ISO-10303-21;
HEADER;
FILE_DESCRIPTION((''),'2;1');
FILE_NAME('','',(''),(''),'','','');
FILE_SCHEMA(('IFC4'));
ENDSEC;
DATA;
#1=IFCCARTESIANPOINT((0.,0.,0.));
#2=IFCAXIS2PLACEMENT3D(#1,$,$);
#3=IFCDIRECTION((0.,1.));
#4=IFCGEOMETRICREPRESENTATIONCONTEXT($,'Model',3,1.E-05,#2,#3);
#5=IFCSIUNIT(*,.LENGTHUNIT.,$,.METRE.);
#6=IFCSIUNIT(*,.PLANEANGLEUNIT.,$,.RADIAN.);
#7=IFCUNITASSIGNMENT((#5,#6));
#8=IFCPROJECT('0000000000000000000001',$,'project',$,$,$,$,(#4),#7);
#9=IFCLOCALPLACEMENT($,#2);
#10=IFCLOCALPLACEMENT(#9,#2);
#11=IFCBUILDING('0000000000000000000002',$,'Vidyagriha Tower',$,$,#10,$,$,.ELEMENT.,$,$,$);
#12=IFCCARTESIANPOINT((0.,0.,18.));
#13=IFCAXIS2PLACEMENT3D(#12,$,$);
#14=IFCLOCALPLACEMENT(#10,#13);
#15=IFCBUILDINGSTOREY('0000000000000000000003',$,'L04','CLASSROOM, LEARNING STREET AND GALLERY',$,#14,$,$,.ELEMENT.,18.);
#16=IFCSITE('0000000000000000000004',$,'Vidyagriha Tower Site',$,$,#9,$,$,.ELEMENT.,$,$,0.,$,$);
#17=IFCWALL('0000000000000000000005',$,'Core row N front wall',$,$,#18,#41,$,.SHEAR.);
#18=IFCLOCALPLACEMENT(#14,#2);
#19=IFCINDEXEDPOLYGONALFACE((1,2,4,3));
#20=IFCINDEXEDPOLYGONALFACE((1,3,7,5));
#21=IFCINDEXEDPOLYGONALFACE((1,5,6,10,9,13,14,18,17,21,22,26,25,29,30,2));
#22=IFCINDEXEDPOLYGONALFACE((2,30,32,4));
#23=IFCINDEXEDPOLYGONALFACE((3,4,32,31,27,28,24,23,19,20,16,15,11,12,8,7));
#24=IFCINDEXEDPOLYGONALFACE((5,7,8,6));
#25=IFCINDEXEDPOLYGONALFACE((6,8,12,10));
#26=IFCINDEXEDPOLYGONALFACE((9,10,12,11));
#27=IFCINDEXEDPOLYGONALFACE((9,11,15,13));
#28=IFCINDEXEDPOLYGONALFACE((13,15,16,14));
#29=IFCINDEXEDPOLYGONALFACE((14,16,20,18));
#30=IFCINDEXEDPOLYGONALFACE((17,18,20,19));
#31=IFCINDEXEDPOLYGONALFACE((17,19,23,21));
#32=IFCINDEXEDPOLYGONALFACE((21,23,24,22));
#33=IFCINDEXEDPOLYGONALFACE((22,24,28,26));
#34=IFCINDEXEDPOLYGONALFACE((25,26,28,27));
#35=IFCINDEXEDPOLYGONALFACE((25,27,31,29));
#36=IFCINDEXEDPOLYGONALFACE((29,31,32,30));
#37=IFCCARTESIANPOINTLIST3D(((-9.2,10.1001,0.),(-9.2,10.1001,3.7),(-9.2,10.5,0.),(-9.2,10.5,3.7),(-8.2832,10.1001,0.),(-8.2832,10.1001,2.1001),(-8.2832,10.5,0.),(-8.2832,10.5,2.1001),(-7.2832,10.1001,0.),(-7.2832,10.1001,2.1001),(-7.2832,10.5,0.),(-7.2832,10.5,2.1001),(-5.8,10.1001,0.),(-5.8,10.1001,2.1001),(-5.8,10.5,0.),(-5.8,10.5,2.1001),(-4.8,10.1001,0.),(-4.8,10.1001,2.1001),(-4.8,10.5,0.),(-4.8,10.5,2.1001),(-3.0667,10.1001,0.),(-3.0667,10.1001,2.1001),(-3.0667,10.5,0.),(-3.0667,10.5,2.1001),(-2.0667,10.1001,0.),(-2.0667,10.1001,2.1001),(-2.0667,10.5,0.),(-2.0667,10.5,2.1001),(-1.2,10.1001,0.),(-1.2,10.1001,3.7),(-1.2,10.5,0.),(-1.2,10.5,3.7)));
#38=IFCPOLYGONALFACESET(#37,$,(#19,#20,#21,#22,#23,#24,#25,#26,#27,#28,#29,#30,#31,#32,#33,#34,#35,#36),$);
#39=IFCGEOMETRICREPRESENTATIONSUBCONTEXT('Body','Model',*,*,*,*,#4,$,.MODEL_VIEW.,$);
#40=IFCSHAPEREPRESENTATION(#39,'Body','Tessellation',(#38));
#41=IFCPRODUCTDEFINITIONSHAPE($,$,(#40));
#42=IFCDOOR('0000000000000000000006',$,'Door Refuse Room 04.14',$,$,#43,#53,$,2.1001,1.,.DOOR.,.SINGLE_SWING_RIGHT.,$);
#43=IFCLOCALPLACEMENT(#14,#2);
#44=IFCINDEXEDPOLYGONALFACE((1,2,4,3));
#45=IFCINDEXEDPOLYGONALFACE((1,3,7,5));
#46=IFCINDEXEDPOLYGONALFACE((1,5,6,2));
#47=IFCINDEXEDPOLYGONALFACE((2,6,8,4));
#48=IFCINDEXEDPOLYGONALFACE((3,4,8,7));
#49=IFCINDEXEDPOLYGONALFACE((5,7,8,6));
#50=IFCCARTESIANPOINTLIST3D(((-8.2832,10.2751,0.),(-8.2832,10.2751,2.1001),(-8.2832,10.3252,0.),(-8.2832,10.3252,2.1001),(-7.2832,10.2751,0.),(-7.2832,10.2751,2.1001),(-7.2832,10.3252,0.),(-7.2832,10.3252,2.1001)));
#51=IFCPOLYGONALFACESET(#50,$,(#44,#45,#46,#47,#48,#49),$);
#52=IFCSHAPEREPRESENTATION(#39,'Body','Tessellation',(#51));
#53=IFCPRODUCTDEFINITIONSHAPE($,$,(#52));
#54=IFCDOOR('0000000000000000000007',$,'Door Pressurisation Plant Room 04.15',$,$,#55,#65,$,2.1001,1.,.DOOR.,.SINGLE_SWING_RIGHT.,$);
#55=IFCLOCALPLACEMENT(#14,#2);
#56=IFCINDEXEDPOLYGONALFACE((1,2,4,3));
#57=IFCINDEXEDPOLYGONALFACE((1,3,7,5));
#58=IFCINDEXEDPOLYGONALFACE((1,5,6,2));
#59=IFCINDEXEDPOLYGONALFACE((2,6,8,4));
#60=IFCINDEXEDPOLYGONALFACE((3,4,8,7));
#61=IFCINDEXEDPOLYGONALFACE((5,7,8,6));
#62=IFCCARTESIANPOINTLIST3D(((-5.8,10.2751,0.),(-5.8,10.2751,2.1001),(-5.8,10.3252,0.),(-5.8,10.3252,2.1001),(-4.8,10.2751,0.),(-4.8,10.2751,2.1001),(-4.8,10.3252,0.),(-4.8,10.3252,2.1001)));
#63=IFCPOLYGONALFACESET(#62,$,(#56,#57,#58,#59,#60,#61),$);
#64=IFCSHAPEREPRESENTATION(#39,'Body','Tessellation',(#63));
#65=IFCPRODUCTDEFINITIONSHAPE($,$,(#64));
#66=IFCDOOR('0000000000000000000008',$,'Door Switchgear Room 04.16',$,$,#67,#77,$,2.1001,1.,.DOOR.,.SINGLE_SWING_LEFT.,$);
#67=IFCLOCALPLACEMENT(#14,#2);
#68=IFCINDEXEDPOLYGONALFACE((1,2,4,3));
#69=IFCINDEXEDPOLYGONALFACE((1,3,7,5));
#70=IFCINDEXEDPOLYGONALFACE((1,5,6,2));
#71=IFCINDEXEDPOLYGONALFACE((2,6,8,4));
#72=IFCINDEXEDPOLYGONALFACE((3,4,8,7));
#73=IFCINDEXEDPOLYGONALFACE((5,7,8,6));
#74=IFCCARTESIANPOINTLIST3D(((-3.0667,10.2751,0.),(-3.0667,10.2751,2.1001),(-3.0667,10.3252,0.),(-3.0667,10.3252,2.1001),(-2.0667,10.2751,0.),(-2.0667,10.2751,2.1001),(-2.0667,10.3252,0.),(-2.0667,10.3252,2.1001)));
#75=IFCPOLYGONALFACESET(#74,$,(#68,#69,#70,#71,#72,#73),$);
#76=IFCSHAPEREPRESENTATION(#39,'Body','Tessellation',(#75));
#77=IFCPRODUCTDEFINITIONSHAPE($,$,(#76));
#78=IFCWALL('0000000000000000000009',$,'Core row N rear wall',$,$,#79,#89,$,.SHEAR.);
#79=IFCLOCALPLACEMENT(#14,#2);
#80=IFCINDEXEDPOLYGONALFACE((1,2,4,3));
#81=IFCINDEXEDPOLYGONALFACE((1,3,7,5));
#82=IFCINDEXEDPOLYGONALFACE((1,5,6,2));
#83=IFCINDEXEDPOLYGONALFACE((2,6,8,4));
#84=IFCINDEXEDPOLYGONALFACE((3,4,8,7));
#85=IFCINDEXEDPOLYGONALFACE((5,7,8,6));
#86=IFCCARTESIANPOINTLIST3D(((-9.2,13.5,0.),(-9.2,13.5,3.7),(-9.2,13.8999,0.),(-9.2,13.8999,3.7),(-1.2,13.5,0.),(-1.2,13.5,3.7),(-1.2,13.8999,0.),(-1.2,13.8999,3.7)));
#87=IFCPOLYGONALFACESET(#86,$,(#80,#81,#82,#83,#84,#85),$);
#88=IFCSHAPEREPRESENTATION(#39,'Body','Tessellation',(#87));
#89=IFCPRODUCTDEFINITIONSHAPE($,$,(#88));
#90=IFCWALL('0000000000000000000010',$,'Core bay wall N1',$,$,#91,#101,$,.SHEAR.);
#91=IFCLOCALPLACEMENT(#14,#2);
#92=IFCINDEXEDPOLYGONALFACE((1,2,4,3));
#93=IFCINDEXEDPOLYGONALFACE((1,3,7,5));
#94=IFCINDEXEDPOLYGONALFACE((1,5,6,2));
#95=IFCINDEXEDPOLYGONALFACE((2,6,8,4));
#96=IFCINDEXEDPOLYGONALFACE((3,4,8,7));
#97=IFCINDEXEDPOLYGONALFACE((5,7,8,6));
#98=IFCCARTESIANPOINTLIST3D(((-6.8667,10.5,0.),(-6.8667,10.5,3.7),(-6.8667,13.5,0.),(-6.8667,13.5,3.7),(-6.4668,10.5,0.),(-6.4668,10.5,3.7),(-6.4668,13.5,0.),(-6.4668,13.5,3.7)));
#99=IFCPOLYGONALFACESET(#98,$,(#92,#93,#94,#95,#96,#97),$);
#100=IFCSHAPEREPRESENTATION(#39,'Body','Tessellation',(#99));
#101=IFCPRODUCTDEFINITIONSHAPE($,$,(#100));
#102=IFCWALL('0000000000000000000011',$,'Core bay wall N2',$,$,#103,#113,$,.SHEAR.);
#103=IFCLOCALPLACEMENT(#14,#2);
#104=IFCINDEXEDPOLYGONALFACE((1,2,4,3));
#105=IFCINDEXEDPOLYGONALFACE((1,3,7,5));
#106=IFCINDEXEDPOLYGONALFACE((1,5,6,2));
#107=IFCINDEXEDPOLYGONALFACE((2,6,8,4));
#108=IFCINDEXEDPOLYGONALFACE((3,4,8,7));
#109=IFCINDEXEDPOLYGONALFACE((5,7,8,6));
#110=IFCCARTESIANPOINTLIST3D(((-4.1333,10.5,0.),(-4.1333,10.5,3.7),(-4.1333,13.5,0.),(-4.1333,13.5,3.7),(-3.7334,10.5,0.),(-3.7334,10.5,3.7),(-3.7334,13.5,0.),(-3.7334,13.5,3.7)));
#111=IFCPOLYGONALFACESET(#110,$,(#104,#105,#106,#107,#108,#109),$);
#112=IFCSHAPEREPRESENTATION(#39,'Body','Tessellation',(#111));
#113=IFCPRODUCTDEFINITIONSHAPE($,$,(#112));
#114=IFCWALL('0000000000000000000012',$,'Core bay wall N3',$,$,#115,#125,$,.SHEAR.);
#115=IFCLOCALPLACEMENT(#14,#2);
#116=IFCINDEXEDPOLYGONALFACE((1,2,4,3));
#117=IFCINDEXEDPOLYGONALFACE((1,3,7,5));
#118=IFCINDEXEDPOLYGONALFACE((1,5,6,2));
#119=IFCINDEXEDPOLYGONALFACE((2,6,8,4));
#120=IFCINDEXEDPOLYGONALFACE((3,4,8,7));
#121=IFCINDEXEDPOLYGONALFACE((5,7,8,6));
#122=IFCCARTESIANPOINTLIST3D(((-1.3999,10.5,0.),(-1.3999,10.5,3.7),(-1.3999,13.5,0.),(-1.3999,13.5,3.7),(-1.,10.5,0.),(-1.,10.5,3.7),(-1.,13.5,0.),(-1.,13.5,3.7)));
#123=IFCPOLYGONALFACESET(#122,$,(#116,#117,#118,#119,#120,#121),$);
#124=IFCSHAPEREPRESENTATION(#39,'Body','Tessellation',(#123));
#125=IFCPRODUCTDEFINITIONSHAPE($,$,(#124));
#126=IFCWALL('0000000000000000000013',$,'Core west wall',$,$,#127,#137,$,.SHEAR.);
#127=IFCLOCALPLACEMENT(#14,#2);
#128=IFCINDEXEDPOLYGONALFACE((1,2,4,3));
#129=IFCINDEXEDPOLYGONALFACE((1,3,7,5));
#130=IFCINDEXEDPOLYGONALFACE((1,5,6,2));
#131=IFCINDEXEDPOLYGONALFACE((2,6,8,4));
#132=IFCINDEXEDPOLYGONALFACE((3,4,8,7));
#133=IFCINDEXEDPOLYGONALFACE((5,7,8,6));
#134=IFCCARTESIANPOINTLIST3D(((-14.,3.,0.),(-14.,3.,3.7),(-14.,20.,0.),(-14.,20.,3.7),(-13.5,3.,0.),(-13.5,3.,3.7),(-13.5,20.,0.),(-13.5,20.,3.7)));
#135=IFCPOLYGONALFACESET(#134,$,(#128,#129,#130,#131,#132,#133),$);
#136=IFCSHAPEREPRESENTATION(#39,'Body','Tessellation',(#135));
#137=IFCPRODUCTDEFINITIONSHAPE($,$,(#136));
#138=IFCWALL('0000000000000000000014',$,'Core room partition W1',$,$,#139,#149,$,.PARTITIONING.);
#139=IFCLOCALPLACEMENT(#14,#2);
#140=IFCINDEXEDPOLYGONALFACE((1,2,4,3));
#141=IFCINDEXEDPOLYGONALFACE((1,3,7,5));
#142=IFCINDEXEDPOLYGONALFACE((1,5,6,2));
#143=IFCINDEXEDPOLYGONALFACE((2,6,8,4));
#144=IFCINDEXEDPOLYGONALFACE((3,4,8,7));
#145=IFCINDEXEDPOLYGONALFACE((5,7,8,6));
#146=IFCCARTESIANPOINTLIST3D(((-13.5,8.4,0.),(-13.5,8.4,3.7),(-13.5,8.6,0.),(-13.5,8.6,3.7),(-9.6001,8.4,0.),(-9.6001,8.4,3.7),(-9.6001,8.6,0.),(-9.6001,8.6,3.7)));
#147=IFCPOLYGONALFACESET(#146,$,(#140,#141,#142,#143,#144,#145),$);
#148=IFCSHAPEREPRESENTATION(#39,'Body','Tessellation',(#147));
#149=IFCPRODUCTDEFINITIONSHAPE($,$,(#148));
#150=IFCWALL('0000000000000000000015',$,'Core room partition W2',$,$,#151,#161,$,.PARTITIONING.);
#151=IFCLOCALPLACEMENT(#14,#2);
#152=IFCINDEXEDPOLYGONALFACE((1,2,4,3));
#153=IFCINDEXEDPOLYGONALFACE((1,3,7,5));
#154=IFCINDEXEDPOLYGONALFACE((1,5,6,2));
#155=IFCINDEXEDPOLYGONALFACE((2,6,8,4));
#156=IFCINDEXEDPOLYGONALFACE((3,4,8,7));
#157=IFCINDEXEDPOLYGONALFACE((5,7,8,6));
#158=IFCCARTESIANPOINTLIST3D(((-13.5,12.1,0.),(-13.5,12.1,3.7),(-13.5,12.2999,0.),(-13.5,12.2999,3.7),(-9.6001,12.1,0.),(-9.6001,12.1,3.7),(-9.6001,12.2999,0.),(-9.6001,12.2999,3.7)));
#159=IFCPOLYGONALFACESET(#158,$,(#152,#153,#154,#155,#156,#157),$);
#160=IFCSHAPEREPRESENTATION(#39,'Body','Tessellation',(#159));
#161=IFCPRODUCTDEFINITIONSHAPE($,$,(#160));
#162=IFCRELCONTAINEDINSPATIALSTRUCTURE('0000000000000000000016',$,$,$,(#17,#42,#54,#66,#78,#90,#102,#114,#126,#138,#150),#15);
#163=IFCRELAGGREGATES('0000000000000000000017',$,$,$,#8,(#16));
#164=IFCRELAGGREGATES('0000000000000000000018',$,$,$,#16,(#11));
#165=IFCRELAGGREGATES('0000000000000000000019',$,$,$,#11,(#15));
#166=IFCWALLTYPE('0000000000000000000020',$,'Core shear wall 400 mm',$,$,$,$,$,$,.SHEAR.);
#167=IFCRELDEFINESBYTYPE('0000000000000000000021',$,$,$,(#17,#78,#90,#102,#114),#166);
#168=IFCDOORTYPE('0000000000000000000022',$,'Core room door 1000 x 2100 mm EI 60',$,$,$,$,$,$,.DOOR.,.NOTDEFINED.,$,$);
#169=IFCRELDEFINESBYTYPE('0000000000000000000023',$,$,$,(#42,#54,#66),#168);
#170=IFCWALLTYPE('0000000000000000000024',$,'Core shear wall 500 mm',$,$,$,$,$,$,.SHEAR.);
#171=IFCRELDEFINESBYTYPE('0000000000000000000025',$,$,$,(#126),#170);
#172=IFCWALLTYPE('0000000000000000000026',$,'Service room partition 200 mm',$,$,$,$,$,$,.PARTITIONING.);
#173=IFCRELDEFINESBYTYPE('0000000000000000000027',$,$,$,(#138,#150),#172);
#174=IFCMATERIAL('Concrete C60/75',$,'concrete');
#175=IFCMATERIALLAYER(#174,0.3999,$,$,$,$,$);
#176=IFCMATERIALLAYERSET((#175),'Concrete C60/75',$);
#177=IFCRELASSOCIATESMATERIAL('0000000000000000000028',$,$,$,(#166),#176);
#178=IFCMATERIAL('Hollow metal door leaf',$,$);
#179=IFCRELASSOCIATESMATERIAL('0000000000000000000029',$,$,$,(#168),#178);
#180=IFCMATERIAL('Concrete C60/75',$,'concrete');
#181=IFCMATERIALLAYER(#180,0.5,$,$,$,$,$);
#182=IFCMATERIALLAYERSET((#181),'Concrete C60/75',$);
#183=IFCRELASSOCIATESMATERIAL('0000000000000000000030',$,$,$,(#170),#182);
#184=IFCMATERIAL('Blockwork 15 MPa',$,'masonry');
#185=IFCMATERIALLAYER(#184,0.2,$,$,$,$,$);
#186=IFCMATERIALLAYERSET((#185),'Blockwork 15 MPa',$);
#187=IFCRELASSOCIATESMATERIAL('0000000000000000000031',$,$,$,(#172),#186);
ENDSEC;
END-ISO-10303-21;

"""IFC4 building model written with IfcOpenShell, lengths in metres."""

from ifc_helpers import new_model, si_unit, direction, frame, frame_2d, origin, place, context, subcontext, project, spatial, rectangle, extrude, material, layer, layer_set, type_object, element, fill, save


model = new_model("IFC4")

# Units and contexts
model_context = context("Model", 3, precision=1e-05, world=origin(), true_north=direction((0.0, 1.0)))
body_context = subcontext(model_context, "Body", "Model", "MODEL_VIEW")
ifc_project = project(units=[si_unit("LENGTHUNIT", "METRE"), si_unit("PLANEANGLEUNIT", "RADIAN")], contexts=[model_context])

# Site, building, storey
site_placement = place(None, origin())
site = spatial("IfcSite", under=ifc_project, at=site_placement, Name="Vidyagriha Tower Site", CompositionType="ELEMENT", RefElevation=0.0)
building_placement = place(site_placement, origin())
building = spatial("IfcBuilding", under=site, at=building_placement, Name="Vidyagriha Tower", CompositionType="ELEMENT")
storey_placement = place(building_placement, frame((0.0, 0.0, 18.0)))
storey = spatial("IfcBuildingStorey", under=building, at=storey_placement, Name="L04", Description="CLASSROOM, LEARNING STREET AND GALLERY", CompositionType="ELEMENT", Elevation=18.0)

# Shared definitions
ifc_material_1 = material(Name="Concrete C60/75", Category="concrete")
ifc_layer_1 = layer(ifc_material_1, 0.3999)
ifc_layer_set_1 = layer_set([ifc_layer_1], Name="Concrete C60/75")
wall_type_1 = type_object("IfcWallType", Name="Core shear wall 400 mm", PredefinedType="SHEAR", material=ifc_layer_set_1)
ifc_material_2 = material(Name="Hollow metal door leaf")
door_type_1 = type_object("IfcDoorType", Name="Core room door 1000 x 2100 mm EI 60", OperationType="NOTDEFINED", PredefinedType="DOOR", material=ifc_material_2)

# Wall, openings, doors
wall_1_placement = place(storey_placement, frame((-9.2, 10.3, 0.0)))
wall_1 = element("IfcWall", 1, at=wall_1_placement, inside=storey, type_object=wall_type_1, Name="Core row N front wall", PredefinedType="SHEAR", context=body_context, shape_type="SweptSolid", body=[
    extrude(rectangle(XDim=8.0, YDim=0.3999, at=frame_2d((4.0, 0.0))), origin(), (0.0, 0.0, 1.0), 3.7),
])
opening_1_placement = place(wall_1_placement, frame((0.9167, 0.0, 0.0)))
opening_1 = element("IfcOpeningElement", 2, at=opening_1_placement, cuts=wall_1, PredefinedType="OPENING", context=body_context, shape_type="SweptSolid", body=[
    extrude(rectangle(XDim=1.0, YDim=2.1001, at=frame_2d((0.5, 1.05))), frame((0.0, 0.21, 0.0), z_axis=(0.0, -1.0, 0.0), x_axis=(1.0, 0.0, 0.0)), (0.0, 0.0, 1.0), 0.4199),
])
opening_2_placement = place(wall_1_placement, frame((3.3999, 0.0, 0.0)))
opening_2 = element("IfcOpeningElement", 3, at=opening_2_placement, cuts=wall_1, PredefinedType="OPENING", context=body_context, shape_type="SweptSolid", body=[
    extrude(rectangle(XDim=1.0, YDim=2.1001, at=frame_2d((0.5, 1.05))), frame((0.0, 0.21, 0.0), z_axis=(0.0, -1.0, 0.0), x_axis=(1.0, 0.0, 0.0)), (0.0, 0.0, 1.0), 0.4199),
])
opening_3_placement = place(wall_1_placement, frame((6.1333, 0.0, 0.0)))
opening_3 = element("IfcOpeningElement", 4, at=opening_3_placement, cuts=wall_1, PredefinedType="OPENING", context=body_context, shape_type="SweptSolid", body=[
    extrude(rectangle(XDim=1.0, YDim=2.1001, at=frame_2d((0.5, 1.05))), frame((0.0, 0.21, 0.0), z_axis=(0.0, -1.0, 0.0), x_axis=(1.0, 0.0, 0.0)), (0.0, 0.0, 1.0), 0.4199),
])
door_1_placement = place(opening_1_placement, frame((1.0, 0.0, 0.0), z_axis=(0.0, 0.0, 1.0), x_axis=(-1.0, 0.0, 0.0)))
door_1 = element("IfcDoor", 5, at=door_1_placement, inside=storey, type_object=door_type_1, Name="Door Refuse Room 04.14", OperationType="SINGLE_SWING_RIGHT", OverallHeight=2.1001, OverallWidth=1.0, PredefinedType="DOOR", context=body_context, shape_type="SweptSolid", body=[
    extrude(rectangle(XDim=1.0, YDim=2.1001, at=frame_2d((0.5, 1.05))), frame((0.0, 0.0249, 0.0), z_axis=(0.0, -1.0, 0.0), x_axis=(1.0, 0.0, 0.0)), (0.0, 0.0, 1.0), 0.05),
])
fill(opening_1, door_1)
door_2_placement = place(opening_2_placement, frame((1.0, 0.0, 0.0), z_axis=(0.0, 0.0, 1.0), x_axis=(-1.0, 0.0, 0.0)))
door_2 = element("IfcDoor", 6, at=door_2_placement, inside=storey, type_object=door_type_1, Name="Door Pressurisation Plant Room 04.15", OperationType="SINGLE_SWING_RIGHT", OverallHeight=2.1001, OverallWidth=1.0, PredefinedType="DOOR", context=body_context, shape_type="SweptSolid", body=[
    extrude(rectangle(XDim=1.0, YDim=2.1001, at=frame_2d((0.5, 1.05))), frame((0.0, 0.0249, 0.0), z_axis=(0.0, -1.0, 0.0), x_axis=(1.0, 0.0, 0.0)), (0.0, 0.0, 1.0), 0.05),
])
fill(opening_2, door_2)
door_3_placement = place(opening_3_placement, frame((1.0, 0.0, 0.0), z_axis=(0.0, 0.0, 1.0), x_axis=(-1.0, 0.0, 0.0)))
door_3 = element("IfcDoor", 7, at=door_3_placement, inside=storey, type_object=door_type_1, Name="Door Switchgear Room 04.16", OperationType="SINGLE_SWING_LEFT", OverallHeight=2.1001, OverallWidth=1.0, PredefinedType="DOOR", context=body_context, shape_type="SweptSolid", body=[
    extrude(rectangle(XDim=1.0, YDim=2.1001, at=frame_2d((0.5, 1.05))), frame((0.0, 0.0249, 0.0), z_axis=(0.0, -1.0, 0.0), x_axis=(1.0, 0.0, 0.0)), (0.0, 0.0, 1.0), 0.05),
])
fill(opening_3, door_3)

# Walls
wall_2_placement = place(storey_placement, frame((-9.2, 13.7, 0.0)))
element("IfcWall", 8, at=wall_2_placement, inside=storey, type_object=wall_type_1, Name="Core row N rear wall", PredefinedType="SHEAR", context=body_context, shape_type="SweptSolid", body=[
    extrude(rectangle(XDim=8.0, YDim=0.3999, at=frame_2d((4.0, 0.0))), origin(), (0.0, 0.0, 1.0), 3.7),
])
for number, where, z_axis, x_axis, name in (
    (9, (-6.6667, 10.5, 0.0), (0.0, 0.0, 1.0), (0.0, 1.0, 0.0), "Core bay wall N1"),
    (10, (-3.9333, 10.5, 0.0), (0.0, 0.0, 1.0), (0.0, 1.0, 0.0), "Core bay wall N2"),
    (11, (-1.2, 10.5, 0.0), (0.0, 0.0, 1.0), (0.0, 1.0, 0.0), "Core bay wall N3"),
):
    element("IfcWall", number, at=place(storey_placement, frame(where, z_axis=z_axis, x_axis=x_axis)), inside=storey, type_object=wall_type_1, Name=name, PredefinedType="SHEAR", context=body_context, shape_type="SweptSolid", body=[
        extrude(rectangle(XDim=3.0, YDim=0.3999, at=frame_2d((1.5, 0.0))), origin(), (0.0, 0.0, 1.0), 3.7),
    ])
ifc_material_3 = material(Name="Concrete C60/75", Category="concrete")
ifc_layer_2 = layer(ifc_material_3, 0.5)
ifc_layer_set_2 = layer_set([ifc_layer_2], Name="Concrete C60/75")
wall_type_2 = type_object("IfcWallType", Name="Core shear wall 500 mm", PredefinedType="SHEAR", material=ifc_layer_set_2)
wall_3_placement = place(storey_placement, frame((-13.75, 3.0, 0.0), z_axis=(0.0, 0.0, 1.0), x_axis=(0.0, 1.0, 0.0)))
element("IfcWall", 12, at=wall_3_placement, inside=storey, type_object=wall_type_2, Name="Core west wall", PredefinedType="SHEAR", context=body_context, shape_type="SweptSolid", body=[
    extrude(rectangle(XDim=17.0, YDim=0.5, at=frame_2d((8.5, 0.0))), origin(), (0.0, 0.0, 1.0), 3.7),
])
ifc_material_4 = material(Name="Blockwork 15 MPa", Category="masonry")
ifc_layer_3 = layer(ifc_material_4, 0.2)
ifc_layer_set_3 = layer_set([ifc_layer_3], Name="Blockwork 15 MPa")
wall_type_3 = type_object("IfcWallType", Name="Service room partition 200 mm", PredefinedType="PARTITIONING", material=ifc_layer_set_3)
for number, where, name in (
    (13, (-13.5, 8.5, 0.0), "Core room partition W1"),
    (14, (-13.5, 12.2, 0.0), "Core room partition W2"),
):
    element("IfcWall", number, at=place(storey_placement, frame(where)), inside=storey, type_object=wall_type_3, Name=name, PredefinedType="PARTITIONING", context=body_context, shape_type="SweptSolid", body=[
        extrude(rectangle(XDim=3.8999, YDim=0.2, at=frame_2d((1.95, 0.0))), origin(), (0.0, 0.0, 1.0), 3.7),
    ])

save(model, "model.ifc")
